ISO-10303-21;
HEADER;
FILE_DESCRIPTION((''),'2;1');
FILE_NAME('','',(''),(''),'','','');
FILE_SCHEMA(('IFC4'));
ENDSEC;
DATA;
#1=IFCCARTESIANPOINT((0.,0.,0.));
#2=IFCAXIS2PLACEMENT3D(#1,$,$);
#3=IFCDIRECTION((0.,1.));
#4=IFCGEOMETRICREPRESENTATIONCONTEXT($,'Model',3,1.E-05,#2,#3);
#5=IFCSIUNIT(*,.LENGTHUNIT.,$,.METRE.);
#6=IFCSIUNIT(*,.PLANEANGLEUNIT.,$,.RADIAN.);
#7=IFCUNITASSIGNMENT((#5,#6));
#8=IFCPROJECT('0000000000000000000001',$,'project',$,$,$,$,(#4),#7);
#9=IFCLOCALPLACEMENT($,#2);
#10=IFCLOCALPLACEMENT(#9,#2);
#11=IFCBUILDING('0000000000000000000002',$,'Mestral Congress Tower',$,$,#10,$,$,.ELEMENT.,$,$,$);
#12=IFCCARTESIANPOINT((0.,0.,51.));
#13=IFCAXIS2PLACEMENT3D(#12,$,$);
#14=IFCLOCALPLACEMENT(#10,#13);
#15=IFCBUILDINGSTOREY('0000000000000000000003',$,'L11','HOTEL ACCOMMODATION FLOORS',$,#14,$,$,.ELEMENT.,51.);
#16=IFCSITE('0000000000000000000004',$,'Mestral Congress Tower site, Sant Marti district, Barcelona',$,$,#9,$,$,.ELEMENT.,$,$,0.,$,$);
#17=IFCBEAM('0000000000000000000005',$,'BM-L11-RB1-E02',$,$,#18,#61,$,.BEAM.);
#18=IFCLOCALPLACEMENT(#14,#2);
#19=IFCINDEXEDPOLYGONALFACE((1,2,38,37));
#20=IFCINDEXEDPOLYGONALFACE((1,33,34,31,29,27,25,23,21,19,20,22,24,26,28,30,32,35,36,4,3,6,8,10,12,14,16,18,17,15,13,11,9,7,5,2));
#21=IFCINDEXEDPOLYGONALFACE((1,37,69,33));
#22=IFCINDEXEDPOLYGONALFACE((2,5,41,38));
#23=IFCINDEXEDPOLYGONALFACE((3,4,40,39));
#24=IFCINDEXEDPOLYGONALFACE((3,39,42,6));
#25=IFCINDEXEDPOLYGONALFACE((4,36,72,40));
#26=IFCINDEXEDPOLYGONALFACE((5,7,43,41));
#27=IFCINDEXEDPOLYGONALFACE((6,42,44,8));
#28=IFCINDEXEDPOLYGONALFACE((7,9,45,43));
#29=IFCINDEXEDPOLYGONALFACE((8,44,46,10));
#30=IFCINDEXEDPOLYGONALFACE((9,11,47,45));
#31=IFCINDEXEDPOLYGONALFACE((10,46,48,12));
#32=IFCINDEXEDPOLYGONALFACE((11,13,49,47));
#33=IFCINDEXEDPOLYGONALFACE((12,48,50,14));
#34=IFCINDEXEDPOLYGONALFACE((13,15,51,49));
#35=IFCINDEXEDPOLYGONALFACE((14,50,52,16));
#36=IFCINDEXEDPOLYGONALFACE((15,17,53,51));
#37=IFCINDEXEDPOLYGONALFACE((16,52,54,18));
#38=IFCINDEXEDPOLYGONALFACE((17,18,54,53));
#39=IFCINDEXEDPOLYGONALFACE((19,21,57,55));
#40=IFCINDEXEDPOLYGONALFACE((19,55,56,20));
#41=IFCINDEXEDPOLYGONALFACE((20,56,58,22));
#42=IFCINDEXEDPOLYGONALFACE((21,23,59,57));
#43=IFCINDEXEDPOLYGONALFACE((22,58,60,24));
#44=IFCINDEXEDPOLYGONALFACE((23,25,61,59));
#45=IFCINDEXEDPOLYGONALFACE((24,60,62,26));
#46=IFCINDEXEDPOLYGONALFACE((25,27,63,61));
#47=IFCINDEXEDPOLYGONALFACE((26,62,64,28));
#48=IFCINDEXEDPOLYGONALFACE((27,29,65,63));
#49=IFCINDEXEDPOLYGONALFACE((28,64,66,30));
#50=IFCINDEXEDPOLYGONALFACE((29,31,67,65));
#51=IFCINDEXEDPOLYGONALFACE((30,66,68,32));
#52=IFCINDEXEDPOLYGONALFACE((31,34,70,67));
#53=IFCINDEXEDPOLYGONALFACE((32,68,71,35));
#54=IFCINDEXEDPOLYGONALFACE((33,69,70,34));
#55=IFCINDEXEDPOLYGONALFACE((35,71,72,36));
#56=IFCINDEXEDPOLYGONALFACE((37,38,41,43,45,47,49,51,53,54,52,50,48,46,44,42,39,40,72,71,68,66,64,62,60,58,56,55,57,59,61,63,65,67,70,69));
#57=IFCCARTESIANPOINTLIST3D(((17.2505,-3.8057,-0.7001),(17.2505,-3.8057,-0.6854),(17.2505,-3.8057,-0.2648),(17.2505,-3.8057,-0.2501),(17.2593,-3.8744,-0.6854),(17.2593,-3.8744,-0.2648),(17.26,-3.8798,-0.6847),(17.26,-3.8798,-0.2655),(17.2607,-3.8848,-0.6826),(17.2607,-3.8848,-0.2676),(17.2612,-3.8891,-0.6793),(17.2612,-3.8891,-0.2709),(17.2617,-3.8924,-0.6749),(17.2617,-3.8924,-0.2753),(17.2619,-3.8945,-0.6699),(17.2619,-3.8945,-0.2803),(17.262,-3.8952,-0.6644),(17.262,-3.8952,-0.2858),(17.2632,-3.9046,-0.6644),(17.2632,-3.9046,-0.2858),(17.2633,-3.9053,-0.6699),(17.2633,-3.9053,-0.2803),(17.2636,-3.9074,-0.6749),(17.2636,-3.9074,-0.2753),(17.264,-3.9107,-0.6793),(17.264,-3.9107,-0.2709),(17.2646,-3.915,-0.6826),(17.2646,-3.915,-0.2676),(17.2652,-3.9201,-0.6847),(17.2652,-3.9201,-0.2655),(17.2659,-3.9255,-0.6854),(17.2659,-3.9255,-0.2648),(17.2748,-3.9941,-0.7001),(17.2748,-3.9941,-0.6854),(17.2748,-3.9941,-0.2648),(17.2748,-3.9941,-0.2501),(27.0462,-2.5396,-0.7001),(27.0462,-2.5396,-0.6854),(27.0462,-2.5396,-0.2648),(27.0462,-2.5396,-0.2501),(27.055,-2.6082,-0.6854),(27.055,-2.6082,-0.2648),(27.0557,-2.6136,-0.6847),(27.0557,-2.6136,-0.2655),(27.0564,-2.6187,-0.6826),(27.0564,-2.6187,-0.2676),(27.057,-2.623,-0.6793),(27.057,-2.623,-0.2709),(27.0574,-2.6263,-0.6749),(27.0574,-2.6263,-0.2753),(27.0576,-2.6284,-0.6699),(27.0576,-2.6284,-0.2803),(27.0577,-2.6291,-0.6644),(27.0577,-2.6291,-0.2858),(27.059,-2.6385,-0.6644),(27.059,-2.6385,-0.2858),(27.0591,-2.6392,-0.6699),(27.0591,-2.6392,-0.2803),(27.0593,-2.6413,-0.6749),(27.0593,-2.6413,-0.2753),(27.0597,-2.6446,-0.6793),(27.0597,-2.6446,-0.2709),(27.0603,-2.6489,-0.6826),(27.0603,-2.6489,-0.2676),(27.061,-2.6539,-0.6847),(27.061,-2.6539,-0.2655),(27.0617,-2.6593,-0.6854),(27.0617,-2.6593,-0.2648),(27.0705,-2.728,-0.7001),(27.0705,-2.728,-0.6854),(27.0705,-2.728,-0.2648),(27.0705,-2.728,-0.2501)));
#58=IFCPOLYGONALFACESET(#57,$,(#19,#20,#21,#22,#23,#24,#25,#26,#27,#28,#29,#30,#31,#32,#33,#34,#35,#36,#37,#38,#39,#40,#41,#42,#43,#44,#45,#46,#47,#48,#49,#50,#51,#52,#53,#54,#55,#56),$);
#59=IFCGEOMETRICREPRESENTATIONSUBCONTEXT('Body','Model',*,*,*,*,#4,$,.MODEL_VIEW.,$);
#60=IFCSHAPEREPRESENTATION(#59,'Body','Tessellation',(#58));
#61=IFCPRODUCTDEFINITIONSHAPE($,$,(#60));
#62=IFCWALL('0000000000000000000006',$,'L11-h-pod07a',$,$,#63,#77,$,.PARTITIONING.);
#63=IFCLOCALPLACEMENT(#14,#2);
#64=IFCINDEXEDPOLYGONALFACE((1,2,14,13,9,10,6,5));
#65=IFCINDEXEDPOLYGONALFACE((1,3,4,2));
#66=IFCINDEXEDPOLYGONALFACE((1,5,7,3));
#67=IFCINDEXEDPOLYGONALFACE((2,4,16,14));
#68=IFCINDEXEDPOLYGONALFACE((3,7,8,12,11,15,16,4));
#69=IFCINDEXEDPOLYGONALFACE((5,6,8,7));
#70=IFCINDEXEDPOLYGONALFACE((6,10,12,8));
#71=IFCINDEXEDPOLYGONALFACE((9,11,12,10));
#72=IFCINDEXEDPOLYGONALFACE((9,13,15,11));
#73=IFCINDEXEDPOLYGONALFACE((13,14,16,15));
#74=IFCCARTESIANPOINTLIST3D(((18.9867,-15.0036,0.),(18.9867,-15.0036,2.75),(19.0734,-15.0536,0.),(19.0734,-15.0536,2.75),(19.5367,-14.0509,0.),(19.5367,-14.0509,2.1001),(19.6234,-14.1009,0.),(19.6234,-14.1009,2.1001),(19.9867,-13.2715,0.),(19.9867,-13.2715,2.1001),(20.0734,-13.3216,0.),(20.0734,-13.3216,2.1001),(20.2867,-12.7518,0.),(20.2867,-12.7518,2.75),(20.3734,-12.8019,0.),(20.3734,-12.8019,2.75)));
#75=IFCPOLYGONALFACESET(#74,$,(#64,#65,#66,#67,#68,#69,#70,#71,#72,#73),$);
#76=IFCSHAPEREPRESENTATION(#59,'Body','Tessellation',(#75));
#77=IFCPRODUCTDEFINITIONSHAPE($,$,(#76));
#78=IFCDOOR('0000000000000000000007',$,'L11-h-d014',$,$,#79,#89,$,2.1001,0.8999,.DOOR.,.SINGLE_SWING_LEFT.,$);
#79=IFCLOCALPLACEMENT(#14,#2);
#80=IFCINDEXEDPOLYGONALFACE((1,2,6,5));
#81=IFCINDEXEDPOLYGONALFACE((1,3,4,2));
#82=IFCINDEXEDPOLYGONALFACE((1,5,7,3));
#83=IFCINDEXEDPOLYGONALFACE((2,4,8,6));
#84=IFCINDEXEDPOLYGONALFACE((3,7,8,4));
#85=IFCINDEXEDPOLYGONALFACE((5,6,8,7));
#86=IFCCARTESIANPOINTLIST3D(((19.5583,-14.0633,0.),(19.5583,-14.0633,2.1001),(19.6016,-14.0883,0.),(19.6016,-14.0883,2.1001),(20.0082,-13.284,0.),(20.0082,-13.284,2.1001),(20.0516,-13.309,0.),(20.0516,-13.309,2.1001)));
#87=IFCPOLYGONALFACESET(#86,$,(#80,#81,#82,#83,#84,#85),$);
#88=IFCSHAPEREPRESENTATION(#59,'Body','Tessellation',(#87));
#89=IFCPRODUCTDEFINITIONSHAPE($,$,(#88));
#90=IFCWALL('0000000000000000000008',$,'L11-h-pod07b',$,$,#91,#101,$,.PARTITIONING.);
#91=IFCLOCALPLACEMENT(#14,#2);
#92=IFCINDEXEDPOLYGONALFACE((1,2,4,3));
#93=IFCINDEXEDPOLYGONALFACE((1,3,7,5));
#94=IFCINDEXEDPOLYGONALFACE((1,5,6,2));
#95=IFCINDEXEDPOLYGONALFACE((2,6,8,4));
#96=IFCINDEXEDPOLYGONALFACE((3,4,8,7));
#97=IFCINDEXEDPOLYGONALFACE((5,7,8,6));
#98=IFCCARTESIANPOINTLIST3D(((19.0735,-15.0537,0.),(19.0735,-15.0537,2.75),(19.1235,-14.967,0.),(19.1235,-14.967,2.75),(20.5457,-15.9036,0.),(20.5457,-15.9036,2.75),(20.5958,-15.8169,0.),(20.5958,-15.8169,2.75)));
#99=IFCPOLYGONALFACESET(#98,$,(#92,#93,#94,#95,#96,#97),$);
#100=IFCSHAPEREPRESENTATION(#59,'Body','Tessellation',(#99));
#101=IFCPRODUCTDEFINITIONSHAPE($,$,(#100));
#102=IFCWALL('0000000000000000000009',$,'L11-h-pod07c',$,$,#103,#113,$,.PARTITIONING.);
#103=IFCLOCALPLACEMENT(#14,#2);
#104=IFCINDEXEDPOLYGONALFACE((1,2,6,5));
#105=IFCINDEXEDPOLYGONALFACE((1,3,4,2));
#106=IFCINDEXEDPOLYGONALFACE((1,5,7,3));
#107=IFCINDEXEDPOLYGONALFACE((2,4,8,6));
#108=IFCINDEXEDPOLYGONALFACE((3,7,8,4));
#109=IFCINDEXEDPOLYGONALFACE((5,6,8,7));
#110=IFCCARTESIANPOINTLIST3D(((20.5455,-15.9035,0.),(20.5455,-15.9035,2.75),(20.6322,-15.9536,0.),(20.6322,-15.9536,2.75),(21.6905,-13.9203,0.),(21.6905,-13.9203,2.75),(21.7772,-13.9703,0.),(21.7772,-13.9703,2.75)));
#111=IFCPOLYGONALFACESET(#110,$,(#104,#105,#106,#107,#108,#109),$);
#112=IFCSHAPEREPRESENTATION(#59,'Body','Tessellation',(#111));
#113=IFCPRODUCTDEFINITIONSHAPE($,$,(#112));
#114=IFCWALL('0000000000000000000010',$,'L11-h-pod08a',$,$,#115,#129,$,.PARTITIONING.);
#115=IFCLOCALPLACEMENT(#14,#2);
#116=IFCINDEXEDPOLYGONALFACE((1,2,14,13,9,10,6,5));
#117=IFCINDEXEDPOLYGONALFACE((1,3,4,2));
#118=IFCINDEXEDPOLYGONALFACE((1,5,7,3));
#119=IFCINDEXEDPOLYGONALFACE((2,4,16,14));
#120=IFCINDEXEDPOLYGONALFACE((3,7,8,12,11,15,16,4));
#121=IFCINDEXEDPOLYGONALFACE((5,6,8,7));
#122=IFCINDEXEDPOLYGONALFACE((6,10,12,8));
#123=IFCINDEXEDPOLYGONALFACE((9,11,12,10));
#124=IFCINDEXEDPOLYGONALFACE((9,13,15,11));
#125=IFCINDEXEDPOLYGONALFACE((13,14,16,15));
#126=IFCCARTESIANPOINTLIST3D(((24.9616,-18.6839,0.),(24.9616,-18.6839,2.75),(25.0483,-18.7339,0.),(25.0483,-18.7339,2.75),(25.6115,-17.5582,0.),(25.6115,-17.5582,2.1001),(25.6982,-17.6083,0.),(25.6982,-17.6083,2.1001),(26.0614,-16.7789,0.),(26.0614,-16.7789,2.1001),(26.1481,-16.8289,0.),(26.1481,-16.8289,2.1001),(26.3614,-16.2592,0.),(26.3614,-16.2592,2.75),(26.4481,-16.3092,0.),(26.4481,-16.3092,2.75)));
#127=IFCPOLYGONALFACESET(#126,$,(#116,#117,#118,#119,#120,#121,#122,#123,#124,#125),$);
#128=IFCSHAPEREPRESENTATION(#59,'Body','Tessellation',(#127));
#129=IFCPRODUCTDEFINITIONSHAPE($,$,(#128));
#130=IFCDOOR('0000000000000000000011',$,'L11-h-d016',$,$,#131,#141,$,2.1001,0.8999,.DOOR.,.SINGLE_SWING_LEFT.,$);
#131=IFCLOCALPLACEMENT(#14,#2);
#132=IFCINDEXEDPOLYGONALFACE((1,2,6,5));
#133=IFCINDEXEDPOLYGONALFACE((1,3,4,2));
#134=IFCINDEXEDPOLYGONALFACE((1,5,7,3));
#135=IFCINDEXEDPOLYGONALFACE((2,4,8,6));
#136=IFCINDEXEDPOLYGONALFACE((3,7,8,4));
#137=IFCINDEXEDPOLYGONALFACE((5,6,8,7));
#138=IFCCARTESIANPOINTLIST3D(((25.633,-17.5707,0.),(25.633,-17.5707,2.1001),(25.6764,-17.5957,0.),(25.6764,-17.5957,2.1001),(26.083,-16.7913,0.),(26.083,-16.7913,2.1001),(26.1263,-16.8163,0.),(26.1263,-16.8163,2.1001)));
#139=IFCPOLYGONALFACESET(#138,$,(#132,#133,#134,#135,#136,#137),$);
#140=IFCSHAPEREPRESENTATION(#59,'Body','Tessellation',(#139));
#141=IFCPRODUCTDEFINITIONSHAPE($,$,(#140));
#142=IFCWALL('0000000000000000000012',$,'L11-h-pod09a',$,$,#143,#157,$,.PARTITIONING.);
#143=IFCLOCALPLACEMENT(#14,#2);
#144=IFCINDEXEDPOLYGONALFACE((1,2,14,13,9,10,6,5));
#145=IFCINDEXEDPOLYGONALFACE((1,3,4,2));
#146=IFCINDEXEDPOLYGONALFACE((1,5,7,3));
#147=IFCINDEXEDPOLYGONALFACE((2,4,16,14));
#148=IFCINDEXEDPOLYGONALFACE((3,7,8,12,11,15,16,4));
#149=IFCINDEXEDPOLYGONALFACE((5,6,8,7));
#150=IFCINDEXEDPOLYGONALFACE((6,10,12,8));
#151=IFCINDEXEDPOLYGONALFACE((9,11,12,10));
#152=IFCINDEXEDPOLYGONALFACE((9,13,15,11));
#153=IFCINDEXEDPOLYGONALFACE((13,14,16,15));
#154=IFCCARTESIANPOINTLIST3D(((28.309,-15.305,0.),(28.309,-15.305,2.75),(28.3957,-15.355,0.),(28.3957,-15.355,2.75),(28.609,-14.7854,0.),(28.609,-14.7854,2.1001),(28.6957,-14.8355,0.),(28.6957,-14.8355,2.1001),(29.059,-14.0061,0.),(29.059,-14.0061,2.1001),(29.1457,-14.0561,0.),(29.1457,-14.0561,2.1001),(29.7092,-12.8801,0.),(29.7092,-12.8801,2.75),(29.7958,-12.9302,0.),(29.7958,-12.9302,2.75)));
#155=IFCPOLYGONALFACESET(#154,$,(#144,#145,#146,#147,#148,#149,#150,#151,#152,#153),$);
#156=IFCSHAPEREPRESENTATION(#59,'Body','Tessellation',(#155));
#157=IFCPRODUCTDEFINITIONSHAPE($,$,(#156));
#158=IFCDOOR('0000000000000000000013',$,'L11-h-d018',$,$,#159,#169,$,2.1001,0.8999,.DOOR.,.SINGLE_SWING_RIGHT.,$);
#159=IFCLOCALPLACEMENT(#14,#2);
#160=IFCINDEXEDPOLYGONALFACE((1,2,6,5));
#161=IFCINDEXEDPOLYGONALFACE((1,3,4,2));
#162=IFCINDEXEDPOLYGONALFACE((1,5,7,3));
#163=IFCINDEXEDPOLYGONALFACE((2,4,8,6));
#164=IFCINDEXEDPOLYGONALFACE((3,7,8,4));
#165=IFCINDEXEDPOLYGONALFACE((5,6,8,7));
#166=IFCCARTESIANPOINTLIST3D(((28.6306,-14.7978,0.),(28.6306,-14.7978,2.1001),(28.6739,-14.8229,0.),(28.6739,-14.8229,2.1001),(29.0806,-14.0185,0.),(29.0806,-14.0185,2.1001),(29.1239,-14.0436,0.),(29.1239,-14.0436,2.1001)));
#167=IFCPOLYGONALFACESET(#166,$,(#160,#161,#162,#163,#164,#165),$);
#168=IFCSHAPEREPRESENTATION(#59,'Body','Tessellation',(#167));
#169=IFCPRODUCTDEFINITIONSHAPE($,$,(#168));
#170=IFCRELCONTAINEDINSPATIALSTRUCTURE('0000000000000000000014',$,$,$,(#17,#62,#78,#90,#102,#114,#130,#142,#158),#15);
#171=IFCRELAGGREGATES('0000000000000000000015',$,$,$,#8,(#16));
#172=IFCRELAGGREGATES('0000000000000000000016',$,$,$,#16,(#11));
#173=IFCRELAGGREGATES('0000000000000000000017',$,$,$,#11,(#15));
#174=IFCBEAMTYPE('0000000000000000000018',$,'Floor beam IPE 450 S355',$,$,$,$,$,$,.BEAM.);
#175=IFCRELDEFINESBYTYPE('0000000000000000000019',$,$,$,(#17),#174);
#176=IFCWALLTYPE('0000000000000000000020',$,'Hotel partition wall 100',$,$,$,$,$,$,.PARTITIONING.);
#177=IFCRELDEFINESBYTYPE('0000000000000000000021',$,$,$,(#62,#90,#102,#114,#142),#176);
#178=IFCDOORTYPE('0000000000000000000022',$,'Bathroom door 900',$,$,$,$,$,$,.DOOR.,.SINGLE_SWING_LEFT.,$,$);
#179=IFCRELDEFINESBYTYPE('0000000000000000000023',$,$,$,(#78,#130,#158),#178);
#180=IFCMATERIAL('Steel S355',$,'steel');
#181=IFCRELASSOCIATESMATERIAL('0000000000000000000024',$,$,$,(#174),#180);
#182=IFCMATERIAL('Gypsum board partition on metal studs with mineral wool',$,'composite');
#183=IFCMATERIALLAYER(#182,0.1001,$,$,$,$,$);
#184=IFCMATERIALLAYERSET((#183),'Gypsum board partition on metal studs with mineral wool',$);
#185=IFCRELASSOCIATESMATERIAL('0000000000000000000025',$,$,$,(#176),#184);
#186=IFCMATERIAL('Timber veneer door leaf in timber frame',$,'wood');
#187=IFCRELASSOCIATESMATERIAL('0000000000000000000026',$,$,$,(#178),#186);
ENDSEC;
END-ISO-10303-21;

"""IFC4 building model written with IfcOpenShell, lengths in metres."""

from ifc_helpers import new_model, si_unit, direction, frame, frame_2d, origin, origin_2d, place, context, subcontext, project, spatial, rectangle, i_section, extrude, material, layer, layer_set, material_profile, profile_set, type_object, element, fill, save


model = new_model("IFC4")

# Units and contexts
model_context = context("Model", 3, precision=1e-05, world=origin(), true_north=direction((0.0, 1.0)))
body_context = subcontext(model_context, "Body", "Model", "MODEL_VIEW")
ifc_project = project(units=[si_unit("LENGTHUNIT", "METRE"), si_unit("PLANEANGLEUNIT", "RADIAN")], contexts=[model_context])

# Site, building, storey
site_placement = place(None, origin())
site = spatial("IfcSite", under=ifc_project, at=site_placement, Name="Mestral Congress Tower site, Sant Marti district, Barcelona", CompositionType="ELEMENT", RefElevation=0.0)
building_placement = place(site_placement, origin())
building = spatial("IfcBuilding", under=site, at=building_placement, Name="Mestral Congress Tower", CompositionType="ELEMENT")
storey_placement = place(building_placement, frame((0.0, 0.0, 51.0)))
storey = spatial("IfcBuildingStorey", under=building, at=storey_placement, Name="L11", Description="HOTEL ACCOMMODATION FLOORS", CompositionType="ELEMENT", Elevation=51.0)

# Beam
ifc_material_1 = material(Name="Steel S355", Category="steel")
ifc_material_profile = material_profile(ifc_material_1, i_section(OverallWidth=0.1899, OverallDepth=0.45, WebThickness=0.0095, FlangeThickness=0.0146, FilletRadius=0.021, at=origin_2d()), Name="IPE 450")
ifc_profile_set = profile_set([ifc_material_profile], Name="Steel S355")
beam_type = type_object("IfcBeamType", Name="Floor beam IPE 450 S355", PredefinedType="BEAM", material=ifc_profile_set)
beam_placement = place(storey_placement, frame((27.0583, -2.6338, -0.4751), z_axis=(-0.99175, -0.128186, 0.0), x_axis=(0.128186, -0.99175, 0.0)))
element("IfcBeam", 1, at=beam_placement, inside=storey, type_object=beam_type, Name="BM-L11-RB1-E02", PredefinedType="BEAM", context=body_context, shape_type="SweptSolid", body=[
    extrude(i_section(OverallWidth=0.1899, OverallDepth=0.45, WebThickness=0.0095, FlangeThickness=0.0146, FilletRadius=0.021, at=origin_2d()), origin(), (0.0, 0.0, 1.0), 9.8772),
])

# Wall, opening, door
ifc_material_2 = material(Name="Gypsum board partition on metal studs with mineral wool", Category="composite")
ifc_layer_1 = layer(ifc_material_2, 0.1001)
ifc_layer_set_1 = layer_set([ifc_layer_1], Name="Gypsum board partition on metal studs with mineral wool")
wall_type_1 = type_object("IfcWallType", Name="Hotel partition wall 100", PredefinedType="PARTITIONING", material=ifc_layer_set_1)
wall_1_placement = place(storey_placement, frame((20.3301, -12.7769, 0.0), z_axis=(0.0, 0.0, 1.0), x_axis=(-0.500007, -0.866021, 0.0)))
wall_1 = element("IfcWall", 2, at=wall_1_placement, inside=storey, type_object=wall_type_1, Name="L11-h-pod07a", PredefinedType="PARTITIONING", context=body_context, shape_type="SweptSolid", body=[
    extrude(rectangle(XDim=2.6001, YDim=0.1001, at=frame_2d((1.3, 0.0))), origin(), (0.0, 0.0, 1.0), 2.75),
])
opening_1_placement = place(wall_1_placement, frame((0.6001, 0.0, 0.0)))
opening_1 = element("IfcOpeningElement", 3, at=opening_1_placement, cuts=wall_1, PredefinedType="OPENING", context=body_context, shape_type="SweptSolid", body=[
    extrude(rectangle(XDim=0.8999, YDim=2.1001, at=frame_2d((0.45, 1.05))), frame((0.0, 0.0601, 0.0), z_axis=(0.0, -1.0, 0.0), x_axis=(1.0, 0.0, 0.0)), (0.0, 0.0, 1.0), 0.1201),
])
ifc_material_3 = material(Name="Timber veneer door leaf in timber frame", Category="wood")
door_type_1 = type_object("IfcDoorType", Name="Bathroom door 900", OperationType="SINGLE_SWING_LEFT", PredefinedType="DOOR", material=ifc_material_3)
door_1_placement = place(opening_1_placement, origin())
door_1 = element("IfcDoor", 4, at=door_1_placement, inside=storey, type_object=door_type_1, Name="L11-h-d014", OperationType="SINGLE_SWING_LEFT", OverallHeight=2.1001, OverallWidth=0.8999, PredefinedType="DOOR", context=body_context, shape_type="SweptSolid", body=[
    extrude(rectangle(XDim=0.8999, YDim=2.1001, at=frame_2d((0.45, 1.05))), frame((0.0, 0.0249, 0.0), z_axis=(0.0, -1.0, 0.0), x_axis=(1.0, 0.0, 0.0)), (0.0, 0.0, 1.0), 0.05),
])
fill(opening_1, door_1)

# Walls
wall_2_placement = place(storey_placement, frame((19.0984, -15.0103, 0.0), z_axis=(0.0, 0.0, 1.0), x_axis=(0.866052, -0.499955, 0.0)))
element("IfcWall", 5, at=wall_2_placement, inside=storey, type_object=wall_type_1, Name="L11-h-pod07b", PredefinedType="PARTITIONING", context=body_context, shape_type="SweptSolid", body=[
    extrude(rectangle(XDim=1.7, YDim=0.1001, at=frame_2d((0.8501, 0.0))), origin(), (0.0, 0.0, 1.0), 2.75),
])
wall_3_placement = place(storey_placement, frame((21.7339, -13.9453, 0.0), z_axis=(0.0, 0.0, 1.0), x_axis=(-0.500015, -0.866017, 0.0)))
element("IfcWall", 6, at=wall_3_placement, inside=storey, type_object=wall_type_1, Name="L11-h-pod07c", PredefinedType="PARTITIONING", context=body_context, shape_type="SweptSolid", body=[
    extrude(rectangle(XDim=2.29, YDim=0.1001, at=frame_2d((1.145, 0.0))), origin(), (0.0, 0.0, 1.0), 2.75),
])

# Walls, openings, doors
wall_4_placement = place(storey_placement, frame((26.4048, -16.2842, 0.0), z_axis=(0.0, 0.0, 1.0), x_axis=(-0.499984, -0.866035, 0.0)))
wall_4 = element("IfcWall", 7, at=wall_4_placement, inside=storey, type_object=wall_type_1, Name="L11-h-pod08a", PredefinedType="PARTITIONING", context=body_context, shape_type="SweptSolid", body=[
    extrude(rectangle(XDim=2.7998, YDim=0.1001, at=frame_2d((1.3999, 0.0))), origin(), (0.0, 0.0, 1.0), 2.75),
])
opening_2_placement = place(wall_4_placement, frame((0.6001, 0.0, 0.0)))
opening_2 = element("IfcOpeningElement", 8, at=opening_2_placement, cuts=wall_4, PredefinedType="OPENING", context=body_context, shape_type="SweptSolid", body=[
    extrude(rectangle(XDim=0.8999, YDim=2.1001, at=frame_2d((0.45, 1.05))), frame((0.0, 0.0601, 0.0), z_axis=(0.0, -1.0, 0.0), x_axis=(1.0, 0.0, 0.0)), (0.0, 0.0, 1.0), 0.1201),
])
door_2_placement = place(opening_2_placement, origin())
door_2 = element("IfcDoor", 9, at=door_2_placement, inside=storey, type_object=door_type_1, Name="L11-h-d016", OperationType="SINGLE_SWING_LEFT", OverallHeight=2.1001, OverallWidth=0.8999, PredefinedType="DOOR", context=body_context, shape_type="SweptSolid", body=[
    extrude(rectangle(XDim=0.8999, YDim=2.1001, at=frame_2d((0.45, 1.05))), frame((0.0, 0.0249, 0.0), z_axis=(0.0, -1.0, 0.0), x_axis=(1.0, 0.0, 0.0)), (0.0, 0.0, 1.0), 0.05),
])
fill(opening_2, door_2)
wall_5_placement = place(storey_placement, frame((29.7524, -12.9053, 0.0), z_axis=(0.0, 0.0, 1.0), x_axis=(-0.50005, -0.865997, 0.0)))
wall_5 = element("IfcWall", 10, at=wall_5_placement, inside=storey, type_object=wall_type_1, Name="L11-h-pod09a", PredefinedType="PARTITIONING", context=body_context, shape_type="SweptSolid", body=[
    extrude(rectangle(XDim=2.8, YDim=0.1001, at=frame_2d((1.3999, 0.0))), origin(), (0.0, 0.0, 1.0), 2.75),
])
opening_3_placement = place(wall_5_placement, frame((1.3, 0.0, 0.0)))
opening_3 = element("IfcOpeningElement", 11, at=opening_3_placement, cuts=wall_5, PredefinedType="OPENING", context=body_context, shape_type="SweptSolid", body=[
    extrude(rectangle(XDim=0.8999, YDim=2.1001, at=frame_2d((0.45, 1.05))), frame((0.0, 0.0601, 0.0), z_axis=(0.0, -1.0, 0.0), x_axis=(1.0, 0.0, 0.0)), (0.0, 0.0, 1.0), 0.1201),
])
door_3_placement = place(opening_3_placement, origin())
door_3 = element("IfcDoor", 12, at=door_3_placement, inside=storey, type_object=door_type_1, Name="L11-h-d018", OperationType="SINGLE_SWING_RIGHT", OverallHeight=2.1001, OverallWidth=0.8999, PredefinedType="DOOR", context=body_context, shape_type="SweptSolid", body=[
    extrude(rectangle(XDim=0.8999, YDim=2.1001, at=frame_2d((0.45, 1.05))), frame((0.0, 0.0249, 0.0), z_axis=(0.0, -1.0, 0.0), x_axis=(1.0, 0.0, 0.0)), (0.0, 0.0, 1.0), 0.05),
])
fill(opening_3, door_3)

save(model, "model.ifc")
